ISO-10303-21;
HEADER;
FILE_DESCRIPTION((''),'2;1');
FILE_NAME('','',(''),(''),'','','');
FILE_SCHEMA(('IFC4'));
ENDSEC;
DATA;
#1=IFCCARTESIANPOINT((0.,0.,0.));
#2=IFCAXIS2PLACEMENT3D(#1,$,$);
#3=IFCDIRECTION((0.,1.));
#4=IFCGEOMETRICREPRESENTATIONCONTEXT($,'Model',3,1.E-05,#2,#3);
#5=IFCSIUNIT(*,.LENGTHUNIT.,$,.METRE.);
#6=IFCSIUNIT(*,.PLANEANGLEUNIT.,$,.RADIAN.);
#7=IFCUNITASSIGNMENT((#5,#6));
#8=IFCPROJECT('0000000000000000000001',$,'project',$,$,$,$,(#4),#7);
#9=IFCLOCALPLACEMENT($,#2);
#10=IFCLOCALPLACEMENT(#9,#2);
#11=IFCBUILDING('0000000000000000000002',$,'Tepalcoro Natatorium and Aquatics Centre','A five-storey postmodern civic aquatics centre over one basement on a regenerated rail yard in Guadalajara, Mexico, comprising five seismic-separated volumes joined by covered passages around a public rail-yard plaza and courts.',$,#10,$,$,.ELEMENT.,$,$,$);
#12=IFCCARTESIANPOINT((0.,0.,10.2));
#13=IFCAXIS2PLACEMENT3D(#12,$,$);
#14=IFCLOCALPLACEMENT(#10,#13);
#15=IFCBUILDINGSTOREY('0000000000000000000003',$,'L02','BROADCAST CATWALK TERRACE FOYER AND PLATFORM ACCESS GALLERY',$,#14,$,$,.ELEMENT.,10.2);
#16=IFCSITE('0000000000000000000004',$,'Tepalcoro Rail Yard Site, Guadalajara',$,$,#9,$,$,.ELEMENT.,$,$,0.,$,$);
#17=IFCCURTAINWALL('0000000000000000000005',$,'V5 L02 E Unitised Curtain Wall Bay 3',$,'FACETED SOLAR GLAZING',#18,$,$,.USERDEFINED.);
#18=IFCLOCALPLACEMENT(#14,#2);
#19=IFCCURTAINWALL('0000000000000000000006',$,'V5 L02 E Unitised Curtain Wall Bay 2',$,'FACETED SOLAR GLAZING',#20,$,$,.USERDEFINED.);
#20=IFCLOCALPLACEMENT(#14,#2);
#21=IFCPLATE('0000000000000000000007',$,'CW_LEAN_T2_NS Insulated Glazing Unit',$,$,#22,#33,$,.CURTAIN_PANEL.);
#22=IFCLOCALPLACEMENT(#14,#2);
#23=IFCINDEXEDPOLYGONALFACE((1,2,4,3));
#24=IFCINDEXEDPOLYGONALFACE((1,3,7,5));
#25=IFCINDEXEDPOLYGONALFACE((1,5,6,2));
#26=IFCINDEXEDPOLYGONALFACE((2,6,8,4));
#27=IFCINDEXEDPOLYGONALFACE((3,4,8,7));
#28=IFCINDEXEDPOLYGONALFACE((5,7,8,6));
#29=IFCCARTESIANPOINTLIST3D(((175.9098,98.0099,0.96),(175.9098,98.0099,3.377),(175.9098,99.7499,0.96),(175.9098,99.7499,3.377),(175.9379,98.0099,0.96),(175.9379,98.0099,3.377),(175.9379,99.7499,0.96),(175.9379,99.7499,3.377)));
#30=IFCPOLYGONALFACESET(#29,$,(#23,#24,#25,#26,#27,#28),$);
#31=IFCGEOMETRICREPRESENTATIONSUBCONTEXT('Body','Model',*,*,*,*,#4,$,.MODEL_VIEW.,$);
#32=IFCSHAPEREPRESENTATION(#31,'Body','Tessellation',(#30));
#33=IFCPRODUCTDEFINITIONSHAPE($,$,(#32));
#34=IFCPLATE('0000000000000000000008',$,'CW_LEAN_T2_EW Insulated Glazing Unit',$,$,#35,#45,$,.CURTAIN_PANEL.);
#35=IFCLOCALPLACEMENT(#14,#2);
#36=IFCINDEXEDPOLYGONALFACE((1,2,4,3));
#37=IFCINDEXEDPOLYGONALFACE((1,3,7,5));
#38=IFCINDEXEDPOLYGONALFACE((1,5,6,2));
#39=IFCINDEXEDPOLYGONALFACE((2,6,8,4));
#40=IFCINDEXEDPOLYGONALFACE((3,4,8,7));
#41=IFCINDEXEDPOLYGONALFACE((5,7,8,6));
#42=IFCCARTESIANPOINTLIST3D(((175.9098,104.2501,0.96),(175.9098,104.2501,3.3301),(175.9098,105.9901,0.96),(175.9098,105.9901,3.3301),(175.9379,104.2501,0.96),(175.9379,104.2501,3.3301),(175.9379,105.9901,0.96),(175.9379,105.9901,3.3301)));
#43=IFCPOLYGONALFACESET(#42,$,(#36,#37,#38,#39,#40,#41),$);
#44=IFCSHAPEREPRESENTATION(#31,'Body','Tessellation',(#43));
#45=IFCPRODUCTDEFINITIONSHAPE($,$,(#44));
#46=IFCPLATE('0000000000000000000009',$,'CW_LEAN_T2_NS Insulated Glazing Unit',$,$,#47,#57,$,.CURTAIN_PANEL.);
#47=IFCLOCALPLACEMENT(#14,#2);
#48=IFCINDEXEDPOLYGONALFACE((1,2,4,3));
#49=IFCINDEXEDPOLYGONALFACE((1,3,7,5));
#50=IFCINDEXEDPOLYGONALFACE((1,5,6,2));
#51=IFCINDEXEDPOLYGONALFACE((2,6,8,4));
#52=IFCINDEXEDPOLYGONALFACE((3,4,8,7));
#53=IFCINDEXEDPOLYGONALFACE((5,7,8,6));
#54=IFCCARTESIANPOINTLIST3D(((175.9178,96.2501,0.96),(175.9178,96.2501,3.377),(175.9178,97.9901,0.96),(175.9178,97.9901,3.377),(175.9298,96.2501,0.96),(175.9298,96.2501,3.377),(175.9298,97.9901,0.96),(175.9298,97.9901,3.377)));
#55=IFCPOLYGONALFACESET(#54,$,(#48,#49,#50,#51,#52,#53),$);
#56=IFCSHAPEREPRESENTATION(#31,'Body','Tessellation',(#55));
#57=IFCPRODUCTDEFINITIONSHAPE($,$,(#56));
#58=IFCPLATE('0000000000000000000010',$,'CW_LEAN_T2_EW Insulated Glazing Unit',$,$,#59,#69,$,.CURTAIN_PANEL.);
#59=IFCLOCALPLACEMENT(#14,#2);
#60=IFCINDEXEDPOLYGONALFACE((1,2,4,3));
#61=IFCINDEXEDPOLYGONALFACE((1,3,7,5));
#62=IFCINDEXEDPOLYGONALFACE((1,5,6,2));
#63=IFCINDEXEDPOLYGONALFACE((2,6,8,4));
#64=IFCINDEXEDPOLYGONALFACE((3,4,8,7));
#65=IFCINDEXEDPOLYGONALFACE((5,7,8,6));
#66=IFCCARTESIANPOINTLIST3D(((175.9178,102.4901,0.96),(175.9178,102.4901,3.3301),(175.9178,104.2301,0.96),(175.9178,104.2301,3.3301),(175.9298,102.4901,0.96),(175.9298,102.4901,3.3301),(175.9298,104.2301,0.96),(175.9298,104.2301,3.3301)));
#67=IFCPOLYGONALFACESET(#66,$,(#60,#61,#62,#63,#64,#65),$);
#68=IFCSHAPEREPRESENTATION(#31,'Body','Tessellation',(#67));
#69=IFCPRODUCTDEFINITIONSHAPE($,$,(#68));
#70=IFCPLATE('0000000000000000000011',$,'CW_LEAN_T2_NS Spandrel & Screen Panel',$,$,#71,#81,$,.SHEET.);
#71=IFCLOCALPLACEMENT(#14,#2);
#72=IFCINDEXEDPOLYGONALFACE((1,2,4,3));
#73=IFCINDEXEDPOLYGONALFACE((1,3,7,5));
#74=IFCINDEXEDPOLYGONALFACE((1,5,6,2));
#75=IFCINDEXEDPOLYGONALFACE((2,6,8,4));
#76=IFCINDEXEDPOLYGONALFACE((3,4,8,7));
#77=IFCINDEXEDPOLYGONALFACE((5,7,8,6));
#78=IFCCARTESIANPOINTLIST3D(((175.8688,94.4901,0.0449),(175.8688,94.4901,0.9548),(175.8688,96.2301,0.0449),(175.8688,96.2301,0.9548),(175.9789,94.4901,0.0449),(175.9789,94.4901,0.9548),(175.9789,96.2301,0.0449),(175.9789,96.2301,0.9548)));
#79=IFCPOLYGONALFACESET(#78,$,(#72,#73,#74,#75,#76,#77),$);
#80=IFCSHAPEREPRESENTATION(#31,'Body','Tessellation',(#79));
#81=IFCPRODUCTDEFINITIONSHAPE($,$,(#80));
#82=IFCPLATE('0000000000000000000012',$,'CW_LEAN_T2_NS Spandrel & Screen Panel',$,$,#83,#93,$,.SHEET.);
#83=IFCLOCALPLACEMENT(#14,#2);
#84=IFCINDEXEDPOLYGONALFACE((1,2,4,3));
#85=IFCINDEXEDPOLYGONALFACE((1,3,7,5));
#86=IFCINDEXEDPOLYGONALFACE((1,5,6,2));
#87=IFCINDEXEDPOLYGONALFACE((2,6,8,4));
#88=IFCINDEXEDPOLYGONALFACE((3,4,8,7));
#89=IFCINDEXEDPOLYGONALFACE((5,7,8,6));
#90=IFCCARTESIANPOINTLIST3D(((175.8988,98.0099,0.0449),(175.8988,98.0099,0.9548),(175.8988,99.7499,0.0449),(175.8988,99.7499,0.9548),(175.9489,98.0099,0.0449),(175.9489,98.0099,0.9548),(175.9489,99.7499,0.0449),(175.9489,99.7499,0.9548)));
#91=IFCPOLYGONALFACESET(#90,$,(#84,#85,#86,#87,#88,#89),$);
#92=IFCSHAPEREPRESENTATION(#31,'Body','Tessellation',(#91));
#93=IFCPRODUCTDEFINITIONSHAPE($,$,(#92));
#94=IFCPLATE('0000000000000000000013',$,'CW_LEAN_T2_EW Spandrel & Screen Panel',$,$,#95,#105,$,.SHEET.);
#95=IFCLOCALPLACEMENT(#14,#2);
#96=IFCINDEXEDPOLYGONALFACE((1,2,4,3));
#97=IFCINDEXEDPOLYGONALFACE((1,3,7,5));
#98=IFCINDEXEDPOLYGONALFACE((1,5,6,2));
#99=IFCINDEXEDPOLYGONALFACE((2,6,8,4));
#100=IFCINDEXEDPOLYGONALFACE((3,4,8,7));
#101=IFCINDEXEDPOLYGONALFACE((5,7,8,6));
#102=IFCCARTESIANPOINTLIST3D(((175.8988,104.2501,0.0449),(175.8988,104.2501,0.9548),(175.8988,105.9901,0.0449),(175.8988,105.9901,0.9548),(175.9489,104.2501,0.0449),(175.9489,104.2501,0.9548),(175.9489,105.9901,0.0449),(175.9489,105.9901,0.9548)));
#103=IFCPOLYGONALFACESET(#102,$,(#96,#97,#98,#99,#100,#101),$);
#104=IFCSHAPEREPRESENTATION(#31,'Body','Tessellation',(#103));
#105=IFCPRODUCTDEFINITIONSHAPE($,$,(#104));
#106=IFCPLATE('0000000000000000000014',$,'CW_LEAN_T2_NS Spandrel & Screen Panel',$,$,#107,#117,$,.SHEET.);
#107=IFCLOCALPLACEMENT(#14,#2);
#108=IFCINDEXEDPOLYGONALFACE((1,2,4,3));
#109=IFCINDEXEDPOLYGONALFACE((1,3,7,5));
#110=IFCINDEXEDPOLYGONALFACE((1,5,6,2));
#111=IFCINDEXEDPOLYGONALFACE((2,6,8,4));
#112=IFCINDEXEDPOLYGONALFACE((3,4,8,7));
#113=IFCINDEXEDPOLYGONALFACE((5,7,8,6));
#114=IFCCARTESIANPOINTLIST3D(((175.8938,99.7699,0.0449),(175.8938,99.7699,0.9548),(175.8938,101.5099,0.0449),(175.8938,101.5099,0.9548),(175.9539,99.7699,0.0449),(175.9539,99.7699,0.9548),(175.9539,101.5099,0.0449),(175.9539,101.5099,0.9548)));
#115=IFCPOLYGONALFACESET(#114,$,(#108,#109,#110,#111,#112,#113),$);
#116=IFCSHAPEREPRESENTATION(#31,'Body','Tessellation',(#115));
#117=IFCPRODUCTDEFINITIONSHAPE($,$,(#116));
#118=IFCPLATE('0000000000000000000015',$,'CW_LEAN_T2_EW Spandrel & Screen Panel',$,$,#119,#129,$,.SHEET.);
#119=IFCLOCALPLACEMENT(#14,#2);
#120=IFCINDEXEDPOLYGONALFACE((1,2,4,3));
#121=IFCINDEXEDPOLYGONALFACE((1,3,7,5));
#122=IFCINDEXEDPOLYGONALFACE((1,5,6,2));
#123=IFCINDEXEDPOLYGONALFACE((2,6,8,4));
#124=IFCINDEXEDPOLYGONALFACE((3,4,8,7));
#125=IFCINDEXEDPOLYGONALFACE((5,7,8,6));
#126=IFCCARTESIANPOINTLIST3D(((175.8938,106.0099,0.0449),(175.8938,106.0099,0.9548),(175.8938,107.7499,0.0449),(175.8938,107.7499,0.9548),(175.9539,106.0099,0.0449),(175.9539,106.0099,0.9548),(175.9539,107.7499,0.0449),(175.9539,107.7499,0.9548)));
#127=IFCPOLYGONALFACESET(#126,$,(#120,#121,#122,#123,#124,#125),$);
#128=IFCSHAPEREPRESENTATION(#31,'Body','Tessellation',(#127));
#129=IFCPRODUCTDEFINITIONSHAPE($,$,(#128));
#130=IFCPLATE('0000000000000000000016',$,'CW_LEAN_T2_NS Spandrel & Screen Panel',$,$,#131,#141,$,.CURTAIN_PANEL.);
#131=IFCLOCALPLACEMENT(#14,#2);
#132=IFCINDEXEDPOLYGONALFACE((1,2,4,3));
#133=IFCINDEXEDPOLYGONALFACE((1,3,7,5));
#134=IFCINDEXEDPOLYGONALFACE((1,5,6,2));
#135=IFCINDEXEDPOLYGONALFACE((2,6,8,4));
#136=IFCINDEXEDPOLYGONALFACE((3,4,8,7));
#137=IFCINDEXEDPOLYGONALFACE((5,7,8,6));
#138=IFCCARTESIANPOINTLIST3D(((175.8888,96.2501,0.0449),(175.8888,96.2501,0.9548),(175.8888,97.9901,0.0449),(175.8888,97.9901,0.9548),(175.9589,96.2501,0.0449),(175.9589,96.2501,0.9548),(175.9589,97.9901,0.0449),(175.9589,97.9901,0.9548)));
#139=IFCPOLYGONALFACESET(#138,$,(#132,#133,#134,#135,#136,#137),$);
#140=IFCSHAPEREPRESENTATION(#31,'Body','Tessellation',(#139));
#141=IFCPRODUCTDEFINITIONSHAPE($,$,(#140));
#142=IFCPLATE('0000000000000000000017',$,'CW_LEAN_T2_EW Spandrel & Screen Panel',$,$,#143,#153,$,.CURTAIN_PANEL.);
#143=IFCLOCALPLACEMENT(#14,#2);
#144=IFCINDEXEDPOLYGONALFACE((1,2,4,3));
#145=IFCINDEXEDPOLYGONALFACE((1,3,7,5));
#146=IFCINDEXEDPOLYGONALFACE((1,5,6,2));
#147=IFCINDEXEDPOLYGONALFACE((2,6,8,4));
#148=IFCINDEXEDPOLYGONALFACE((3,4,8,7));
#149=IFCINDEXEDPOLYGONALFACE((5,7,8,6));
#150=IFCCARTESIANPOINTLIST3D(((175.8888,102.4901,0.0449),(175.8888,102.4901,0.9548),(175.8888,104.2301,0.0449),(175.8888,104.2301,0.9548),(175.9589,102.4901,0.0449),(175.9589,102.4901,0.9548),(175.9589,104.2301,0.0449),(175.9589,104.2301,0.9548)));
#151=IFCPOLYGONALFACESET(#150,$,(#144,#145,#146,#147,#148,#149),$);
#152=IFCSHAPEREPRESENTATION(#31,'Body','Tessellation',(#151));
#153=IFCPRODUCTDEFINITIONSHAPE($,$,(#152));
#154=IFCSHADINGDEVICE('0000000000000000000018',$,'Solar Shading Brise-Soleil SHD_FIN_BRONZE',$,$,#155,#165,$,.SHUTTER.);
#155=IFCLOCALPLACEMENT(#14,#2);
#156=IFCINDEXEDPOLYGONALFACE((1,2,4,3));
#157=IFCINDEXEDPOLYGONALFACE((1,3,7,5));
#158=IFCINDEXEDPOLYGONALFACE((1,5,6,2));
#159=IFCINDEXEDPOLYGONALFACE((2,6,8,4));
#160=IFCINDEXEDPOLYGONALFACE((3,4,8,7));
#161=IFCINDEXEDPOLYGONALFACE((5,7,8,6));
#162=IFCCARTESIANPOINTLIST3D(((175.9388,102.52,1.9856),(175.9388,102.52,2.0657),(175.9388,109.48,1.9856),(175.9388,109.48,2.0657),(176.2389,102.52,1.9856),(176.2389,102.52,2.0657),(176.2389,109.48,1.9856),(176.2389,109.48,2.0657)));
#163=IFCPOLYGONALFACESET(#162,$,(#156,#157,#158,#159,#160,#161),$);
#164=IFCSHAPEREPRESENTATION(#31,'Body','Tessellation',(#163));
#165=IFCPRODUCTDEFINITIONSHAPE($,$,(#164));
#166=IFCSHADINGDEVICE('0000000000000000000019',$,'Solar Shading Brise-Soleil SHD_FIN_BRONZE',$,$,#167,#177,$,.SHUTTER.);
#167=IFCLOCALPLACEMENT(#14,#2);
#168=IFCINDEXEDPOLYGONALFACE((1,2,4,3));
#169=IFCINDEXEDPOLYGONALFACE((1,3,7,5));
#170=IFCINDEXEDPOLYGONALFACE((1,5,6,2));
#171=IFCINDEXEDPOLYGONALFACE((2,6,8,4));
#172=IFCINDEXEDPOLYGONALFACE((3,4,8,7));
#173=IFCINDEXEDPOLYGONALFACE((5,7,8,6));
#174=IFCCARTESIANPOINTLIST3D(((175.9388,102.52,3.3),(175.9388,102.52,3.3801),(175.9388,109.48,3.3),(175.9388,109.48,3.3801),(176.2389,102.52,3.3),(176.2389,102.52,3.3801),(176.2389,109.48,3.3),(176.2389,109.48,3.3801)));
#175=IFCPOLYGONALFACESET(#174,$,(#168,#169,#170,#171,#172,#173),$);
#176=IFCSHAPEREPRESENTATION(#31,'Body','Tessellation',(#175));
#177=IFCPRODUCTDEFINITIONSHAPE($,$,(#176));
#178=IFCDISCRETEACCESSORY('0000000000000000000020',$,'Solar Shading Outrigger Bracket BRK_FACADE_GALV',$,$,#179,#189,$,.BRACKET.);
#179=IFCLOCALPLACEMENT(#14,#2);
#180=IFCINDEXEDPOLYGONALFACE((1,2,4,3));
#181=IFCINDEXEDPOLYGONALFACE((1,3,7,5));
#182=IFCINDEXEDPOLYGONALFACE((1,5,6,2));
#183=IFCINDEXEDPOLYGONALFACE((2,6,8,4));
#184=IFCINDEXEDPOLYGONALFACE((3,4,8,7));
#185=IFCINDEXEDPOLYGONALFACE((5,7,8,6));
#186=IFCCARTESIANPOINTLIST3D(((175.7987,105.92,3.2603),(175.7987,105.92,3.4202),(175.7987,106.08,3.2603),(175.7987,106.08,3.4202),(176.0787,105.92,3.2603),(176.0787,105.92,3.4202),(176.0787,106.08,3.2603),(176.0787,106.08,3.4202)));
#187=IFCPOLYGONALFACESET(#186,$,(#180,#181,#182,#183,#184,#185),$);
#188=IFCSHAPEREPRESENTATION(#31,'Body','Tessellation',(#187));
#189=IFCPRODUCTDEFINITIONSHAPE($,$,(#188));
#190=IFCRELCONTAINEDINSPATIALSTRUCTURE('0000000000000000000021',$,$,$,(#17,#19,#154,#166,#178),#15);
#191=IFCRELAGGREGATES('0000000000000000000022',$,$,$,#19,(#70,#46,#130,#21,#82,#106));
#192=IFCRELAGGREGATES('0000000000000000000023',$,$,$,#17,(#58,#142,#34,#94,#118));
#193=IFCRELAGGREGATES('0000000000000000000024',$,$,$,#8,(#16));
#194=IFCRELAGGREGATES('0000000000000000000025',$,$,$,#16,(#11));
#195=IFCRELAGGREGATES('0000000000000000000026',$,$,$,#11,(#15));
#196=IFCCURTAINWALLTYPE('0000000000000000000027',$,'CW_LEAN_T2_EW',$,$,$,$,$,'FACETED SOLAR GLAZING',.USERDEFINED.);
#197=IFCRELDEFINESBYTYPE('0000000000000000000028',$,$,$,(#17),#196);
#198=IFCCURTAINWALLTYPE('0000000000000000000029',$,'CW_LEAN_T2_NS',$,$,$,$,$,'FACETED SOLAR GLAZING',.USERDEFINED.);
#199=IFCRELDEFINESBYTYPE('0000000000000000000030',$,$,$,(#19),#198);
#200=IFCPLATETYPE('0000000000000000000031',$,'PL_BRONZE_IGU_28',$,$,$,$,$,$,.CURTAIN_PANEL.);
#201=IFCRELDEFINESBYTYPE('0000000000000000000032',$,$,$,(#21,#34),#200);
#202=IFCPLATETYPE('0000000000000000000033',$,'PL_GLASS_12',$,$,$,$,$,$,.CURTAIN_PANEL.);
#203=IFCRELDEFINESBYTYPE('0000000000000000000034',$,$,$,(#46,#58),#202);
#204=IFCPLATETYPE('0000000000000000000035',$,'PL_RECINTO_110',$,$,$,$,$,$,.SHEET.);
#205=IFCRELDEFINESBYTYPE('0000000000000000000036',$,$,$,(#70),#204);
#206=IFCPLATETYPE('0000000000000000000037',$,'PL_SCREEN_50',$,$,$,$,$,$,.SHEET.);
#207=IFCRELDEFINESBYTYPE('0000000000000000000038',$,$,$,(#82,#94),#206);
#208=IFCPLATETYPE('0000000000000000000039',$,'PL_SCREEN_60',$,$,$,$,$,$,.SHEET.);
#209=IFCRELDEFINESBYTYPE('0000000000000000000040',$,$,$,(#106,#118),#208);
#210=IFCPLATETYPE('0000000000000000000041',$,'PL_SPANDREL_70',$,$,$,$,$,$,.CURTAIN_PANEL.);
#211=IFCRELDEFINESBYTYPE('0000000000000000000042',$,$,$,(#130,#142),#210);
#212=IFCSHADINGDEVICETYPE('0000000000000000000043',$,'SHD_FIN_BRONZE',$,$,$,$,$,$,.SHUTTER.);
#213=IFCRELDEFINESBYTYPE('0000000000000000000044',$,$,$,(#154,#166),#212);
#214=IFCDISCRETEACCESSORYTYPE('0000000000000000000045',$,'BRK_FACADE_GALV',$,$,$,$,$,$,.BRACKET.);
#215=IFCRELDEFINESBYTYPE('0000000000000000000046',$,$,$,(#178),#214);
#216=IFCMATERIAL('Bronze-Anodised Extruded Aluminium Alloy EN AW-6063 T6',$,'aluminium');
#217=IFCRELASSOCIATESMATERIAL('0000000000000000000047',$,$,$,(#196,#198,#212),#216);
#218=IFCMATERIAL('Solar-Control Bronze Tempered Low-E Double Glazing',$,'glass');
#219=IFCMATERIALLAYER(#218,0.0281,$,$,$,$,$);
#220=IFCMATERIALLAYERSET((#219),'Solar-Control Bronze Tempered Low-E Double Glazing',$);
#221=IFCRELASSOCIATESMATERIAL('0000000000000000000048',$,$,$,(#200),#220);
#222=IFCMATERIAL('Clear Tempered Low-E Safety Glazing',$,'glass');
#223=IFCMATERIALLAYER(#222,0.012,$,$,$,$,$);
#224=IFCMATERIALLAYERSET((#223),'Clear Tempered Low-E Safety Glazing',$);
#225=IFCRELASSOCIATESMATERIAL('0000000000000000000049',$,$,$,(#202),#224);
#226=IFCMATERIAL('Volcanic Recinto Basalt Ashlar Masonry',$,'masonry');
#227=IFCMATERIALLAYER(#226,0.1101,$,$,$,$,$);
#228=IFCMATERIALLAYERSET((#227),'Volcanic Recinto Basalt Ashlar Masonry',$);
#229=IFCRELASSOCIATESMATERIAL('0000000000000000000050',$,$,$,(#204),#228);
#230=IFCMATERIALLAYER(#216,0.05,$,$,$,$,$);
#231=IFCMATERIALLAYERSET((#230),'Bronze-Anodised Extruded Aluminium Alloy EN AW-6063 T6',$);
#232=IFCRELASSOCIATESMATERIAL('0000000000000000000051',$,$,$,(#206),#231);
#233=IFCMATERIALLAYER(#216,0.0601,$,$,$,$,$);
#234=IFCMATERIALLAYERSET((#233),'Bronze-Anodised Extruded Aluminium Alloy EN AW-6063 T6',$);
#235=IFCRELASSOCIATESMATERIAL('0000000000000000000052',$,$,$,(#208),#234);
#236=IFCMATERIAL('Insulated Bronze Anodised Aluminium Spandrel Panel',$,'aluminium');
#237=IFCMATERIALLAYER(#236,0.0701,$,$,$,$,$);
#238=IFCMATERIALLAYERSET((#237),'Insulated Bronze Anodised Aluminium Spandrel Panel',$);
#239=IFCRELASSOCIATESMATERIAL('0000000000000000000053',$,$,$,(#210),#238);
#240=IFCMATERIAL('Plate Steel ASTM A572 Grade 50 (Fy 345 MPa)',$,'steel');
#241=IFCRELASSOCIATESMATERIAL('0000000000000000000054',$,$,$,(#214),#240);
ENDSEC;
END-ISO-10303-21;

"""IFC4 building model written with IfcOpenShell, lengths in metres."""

from ifc_helpers import new_model, si_unit, direction, frame, origin, origin_2d, place, context, subcontext, project, spatial, rectangle, extrude, material, layer, layer_set, type_object, element, aggregate, save


model = new_model("IFC4")

# Units and contexts
model_context = context("Model", 3, precision=1e-05, world=origin(), true_north=direction((0.0, 1.0)))
body_context = subcontext(model_context, "Body", "Model", "MODEL_VIEW")
ifc_project = project(units=[si_unit("LENGTHUNIT", "METRE"), si_unit("PLANEANGLEUNIT", "RADIAN")], contexts=[model_context])

# Site, building, storey
site_placement = place(None, origin())
site = spatial("IfcSite", under=ifc_project, at=site_placement, Name="Tepalcoro Rail Yard Site, Guadalajara", CompositionType="ELEMENT", RefElevation=0.0)
building_placement = place(site_placement, origin())
building = spatial("IfcBuilding", under=site, at=building_placement, Name="Tepalcoro Natatorium and Aquatics Centre", Description="A five-storey postmodern civic aquatics centre over one basement on a regenerated rail yard in Guadalajara, Mexico, comprising five seismic-separated volumes joined by covered passages around a public rail-yard plaza and courts.", CompositionType="ELEMENT")
storey_placement = place(building_placement, frame((0.0, 0.0, 10.2)))
storey = spatial("IfcBuildingStorey", under=building, at=storey_placement, Name="L02", Description="BROADCAST CATWALK TERRACE FOYER AND PLATFORM ACCESS GALLERY", CompositionType="ELEMENT", Elevation=10.2)

# Curtain walls
ifc_material_1 = material(Name="Bronze-Anodised Extruded Aluminium Alloy EN AW-6063 T6", Category="aluminium")
curtain_wall_type_1 = type_object("IfcCurtainWallType", Name="CW_LEAN_T2_EW", ElementType="FACETED SOLAR GLAZING", PredefinedType="USERDEFINED", material=ifc_material_1)
curtain_wall_1_placement = place(storey_placement, origin())
curtain_wall_1 = element("IfcCurtainWall", 1, at=curtain_wall_1_placement, inside=storey, type_object=curtain_wall_type_1, Name="V5 L02 E Unitised Curtain Wall Bay 3", ObjectType="FACETED SOLAR GLAZING", PredefinedType="USERDEFINED")
curtain_wall_type_2 = type_object("IfcCurtainWallType", Name="CW_LEAN_T2_NS", ElementType="FACETED SOLAR GLAZING", PredefinedType="USERDEFINED", material=ifc_material_1)
curtain_wall_2_placement = place(storey_placement, origin())
curtain_wall_2 = element("IfcCurtainWall", 2, at=curtain_wall_2_placement, inside=storey, type_object=curtain_wall_type_2, Name="V5 L02 E Unitised Curtain Wall Bay 2", ObjectType="FACETED SOLAR GLAZING", PredefinedType="USERDEFINED")

# Plates
ifc_material_2 = material(Name="Solar-Control Bronze Tempered Low-E Double Glazing", Category="glass")
ifc_layer_1 = layer(ifc_material_2, 0.0281)
ifc_layer_set_1 = layer_set([ifc_layer_1], Name="Solar-Control Bronze Tempered Low-E Double Glazing")
plate_type_1 = type_object("IfcPlateType", Name="PL_BRONZE_IGU_28", PredefinedType="CURTAIN_PANEL", material=ifc_layer_set_1)
plate_1_placement = place(storey_placement, frame((175.9238, 98.8799, 0.96), z_axis=(0.0, 0.0, 1.0), x_axis=(1.0, 0.0, 0.0)))
plate_1 = element("IfcPlate", 3, at=plate_1_placement, type_object=plate_type_1, Name="CW_LEAN_T2_NS Insulated Glazing Unit", PredefinedType="CURTAIN_PANEL", context=body_context, shape_type="SweptSolid", body=[
    extrude(rectangle(XDim=0.0281, YDim=1.74, at=origin_2d()), origin(), (0.0, 0.0, 1.0), 2.417),
])
plate_2_placement = place(storey_placement, frame((175.9238, 105.1201, 0.96), z_axis=(0.0, 0.0, 1.0), x_axis=(1.0, 0.0, 0.0)))
plate_2 = element("IfcPlate", 4, at=plate_2_placement, type_object=plate_type_1, Name="CW_LEAN_T2_EW Insulated Glazing Unit", PredefinedType="CURTAIN_PANEL", context=body_context, shape_type="SweptSolid", body=[
    extrude(rectangle(XDim=0.0281, YDim=1.74, at=origin_2d()), origin(), (0.0, 0.0, 1.0), 2.3701),
])
ifc_material_3 = material(Name="Clear Tempered Low-E Safety Glazing", Category="glass")
ifc_layer_2 = layer(ifc_material_3, 0.012)
ifc_layer_set_2 = layer_set([ifc_layer_2], Name="Clear Tempered Low-E Safety Glazing")
plate_type_2 = type_object("IfcPlateType", Name="PL_GLASS_12", PredefinedType="CURTAIN_PANEL", material=ifc_layer_set_2)
plate_3_placement = place(storey_placement, frame((175.9238, 97.1201, 0.96), z_axis=(0.0, 0.0, 1.0), x_axis=(1.0, 0.0, 0.0)))
plate_3 = element("IfcPlate", 5, at=plate_3_placement, type_object=plate_type_2, Name="CW_LEAN_T2_NS Insulated Glazing Unit", PredefinedType="CURTAIN_PANEL", context=body_context, shape_type="SweptSolid", body=[
    extrude(rectangle(XDim=0.012, YDim=1.74, at=origin_2d()), origin(), (0.0, 0.0, 1.0), 2.417),
])
plate_4_placement = place(storey_placement, frame((175.9238, 103.3601, 0.96), z_axis=(0.0, 0.0, 1.0), x_axis=(1.0, 0.0, 0.0)))
plate_4 = element("IfcPlate", 6, at=plate_4_placement, type_object=plate_type_2, Name="CW_LEAN_T2_EW Insulated Glazing Unit", PredefinedType="CURTAIN_PANEL", context=body_context, shape_type="SweptSolid", body=[
    extrude(rectangle(XDim=0.012, YDim=1.74, at=origin_2d()), origin(), (0.0, 0.0, 1.0), 2.3701),
])
ifc_material_4 = material(Name="Volcanic Recinto Basalt Ashlar Masonry", Category="masonry")
ifc_layer_3 = layer(ifc_material_4, 0.1101)
ifc_layer_set_3 = layer_set([ifc_layer_3], Name="Volcanic Recinto Basalt Ashlar Masonry")
plate_type_3 = type_object("IfcPlateType", Name="PL_RECINTO_110", PredefinedType="SHEET", material=ifc_layer_set_3)
plate_5_placement = place(storey_placement, frame((175.9238, 95.3601, 0.0449), z_axis=(0.0, 0.0, 1.0), x_axis=(1.0, 0.0, 0.0)))
plate_5 = element("IfcPlate", 7, at=plate_5_placement, type_object=plate_type_3, Name="CW_LEAN_T2_NS Spandrel & Screen Panel", PredefinedType="SHEET", context=body_context, shape_type="SweptSolid", body=[
    extrude(rectangle(XDim=0.1101, YDim=1.74, at=origin_2d()), origin(), (0.0, 0.0, 1.0), 0.9099),
])
ifc_layer_4 = layer(ifc_material_1, 0.05)
ifc_layer_set_4 = layer_set([ifc_layer_4], Name="Bronze-Anodised Extruded Aluminium Alloy EN AW-6063 T6")
plate_type_4 = type_object("IfcPlateType", Name="PL_SCREEN_50", PredefinedType="SHEET", material=ifc_layer_set_4)
plate_6_placement = place(storey_placement, frame((175.9238, 98.8799, 0.0449), z_axis=(0.0, 0.0, 1.0), x_axis=(1.0, 0.0, 0.0)))
plate_6 = element("IfcPlate", 8, at=plate_6_placement, type_object=plate_type_4, Name="CW_LEAN_T2_NS Spandrel & Screen Panel", PredefinedType="SHEET", context=body_context, shape_type="SweptSolid", body=[
    extrude(rectangle(XDim=0.05, YDim=1.74, at=origin_2d()), origin(), (0.0, 0.0, 1.0), 0.9099),
])
plate_7_placement = place(storey_placement, frame((175.9238, 105.1201, 0.0449), z_axis=(0.0, 0.0, 1.0), x_axis=(1.0, 0.0, 0.0)))
plate_7 = element("IfcPlate", 9, at=plate_7_placement, type_object=plate_type_4, Name="CW_LEAN_T2_EW Spandrel & Screen Panel", PredefinedType="SHEET", context=body_context, shape_type="SweptSolid", body=[
    extrude(rectangle(XDim=0.05, YDim=1.74, at=origin_2d()), origin(), (0.0, 0.0, 1.0), 0.9099),
])
ifc_layer_5 = layer(ifc_material_1, 0.0601)
ifc_layer_set_5 = layer_set([ifc_layer_5], Name="Bronze-Anodised Extruded Aluminium Alloy EN AW-6063 T6")
plate_type_5 = type_object("IfcPlateType", Name="PL_SCREEN_60", PredefinedType="SHEET", material=ifc_layer_set_5)
plate_8_placement = place(storey_placement, frame((175.9238, 100.6399, 0.0449), z_axis=(0.0, 0.0, 1.0), x_axis=(1.0, 0.0, 0.0)))
plate_8 = element("IfcPlate", 10, at=plate_8_placement, type_object=plate_type_5, Name="CW_LEAN_T2_NS Spandrel & Screen Panel", PredefinedType="SHEET", context=body_context, shape_type="SweptSolid", body=[
    extrude(rectangle(XDim=0.0601, YDim=1.74, at=origin_2d()), origin(), (0.0, 0.0, 1.0), 0.9099),
])
plate_9_placement = place(storey_placement, frame((175.9238, 106.8799, 0.0449), z_axis=(0.0, 0.0, 1.0), x_axis=(1.0, 0.0, 0.0)))
plate_9 = element("IfcPlate", 11, at=plate_9_placement, type_object=plate_type_5, Name="CW_LEAN_T2_EW Spandrel & Screen Panel", PredefinedType="SHEET", context=body_context, shape_type="SweptSolid", body=[
    extrude(rectangle(XDim=0.0601, YDim=1.74, at=origin_2d()), origin(), (0.0, 0.0, 1.0), 0.9099),
])
ifc_material_5 = material(Name="Insulated Bronze Anodised Aluminium Spandrel Panel", Category="aluminium")
ifc_layer_6 = layer(ifc_material_5, 0.0701)
ifc_layer_set_6 = layer_set([ifc_layer_6], Name="Insulated Bronze Anodised Aluminium Spandrel Panel")
plate_type_6 = type_object("IfcPlateType", Name="PL_SPANDREL_70", PredefinedType="CURTAIN_PANEL", material=ifc_layer_set_6)
plate_10_placement = place(storey_placement, frame((175.9238, 97.1201, 0.0449), z_axis=(0.0, 0.0, 1.0), x_axis=(1.0, 0.0, 0.0)))
plate_10 = element("IfcPlate", 12, at=plate_10_placement, type_object=plate_type_6, Name="CW_LEAN_T2_NS Spandrel & Screen Panel", PredefinedType="CURTAIN_PANEL", context=body_context, shape_type="SweptSolid", body=[
    extrude(rectangle(XDim=0.0701, YDim=1.74, at=origin_2d()), origin(), (0.0, 0.0, 1.0), 0.9099),
])
aggregate(curtain_wall_2, [plate_5, plate_3, plate_10, plate_1, plate_6, plate_8])
plate_11_placement = place(storey_placement, frame((175.9238, 103.3601, 0.0449), z_axis=(0.0, 0.0, 1.0), x_axis=(1.0, 0.0, 0.0)))
plate_11 = element("IfcPlate", 13, at=plate_11_placement, type_object=plate_type_6, Name="CW_LEAN_T2_EW Spandrel & Screen Panel", PredefinedType="CURTAIN_PANEL", context=body_context, shape_type="SweptSolid", body=[
    extrude(rectangle(XDim=0.0701, YDim=1.74, at=origin_2d()), origin(), (0.0, 0.0, 1.0), 0.9099),
])
aggregate(curtain_wall_1, [plate_4, plate_11, plate_2, plate_7, plate_9])

# Shading devices
shading_device_type = type_object("IfcShadingDeviceType", Name="SHD_FIN_BRONZE", PredefinedType="SHUTTER", material=ifc_material_1)
for number, where, z_axis, x_axis, name in (
    (14, (176.0889, 106.0, 1.9856), (0.0, 0.0, 1.0), (1.0, 0.0, 0.0), "Solar Shading Brise-Soleil SHD_FIN_BRONZE"),
    (15, (176.0889, 106.0, 3.3), (0.0, 0.0, 1.0), (1.0, 0.0, 0.0), "Solar Shading Brise-Soleil SHD_FIN_BRONZE"),
):
    element("IfcShadingDevice", number, at=place(storey_placement, frame(where, z_axis=z_axis, x_axis=x_axis)), inside=storey, type_object=shading_device_type, Name=name, PredefinedType="SHUTTER", context=body_context, shape_type="SweptSolid", body=[
        extrude(rectangle(XDim=0.3, YDim=6.96, at=origin_2d()), origin(), (0.0, 0.0, 1.0), 0.0801),
    ])

# Discrete accessory
ifc_material_6 = material(Name="Plate Steel ASTM A572 Grade 50 (Fy 345 MPa)", Category="steel")
discrete_accessory_type = type_object("IfcDiscreteAccessoryType", Name="BRK_FACADE_GALV", PredefinedType="BRACKET", material=ifc_material_6)
discrete_accessory_placement = place(storey_placement, frame((175.9387, 106.0, 3.2603), z_axis=(0.0, 0.0, 1.0), x_axis=(1.0, 0.0, 0.0)))
element("IfcDiscreteAccessory", 16, at=discrete_accessory_placement, inside=storey, type_object=discrete_accessory_type, Name="Solar Shading Outrigger Bracket BRK_FACADE_GALV", PredefinedType="BRACKET", context=body_context, shape_type="SweptSolid", body=[
    extrude(rectangle(XDim=0.28, YDim=0.1599, at=origin_2d()), origin(), (0.0, 0.0, 1.0), 0.1599),
])

save(model, "model.ifc")
